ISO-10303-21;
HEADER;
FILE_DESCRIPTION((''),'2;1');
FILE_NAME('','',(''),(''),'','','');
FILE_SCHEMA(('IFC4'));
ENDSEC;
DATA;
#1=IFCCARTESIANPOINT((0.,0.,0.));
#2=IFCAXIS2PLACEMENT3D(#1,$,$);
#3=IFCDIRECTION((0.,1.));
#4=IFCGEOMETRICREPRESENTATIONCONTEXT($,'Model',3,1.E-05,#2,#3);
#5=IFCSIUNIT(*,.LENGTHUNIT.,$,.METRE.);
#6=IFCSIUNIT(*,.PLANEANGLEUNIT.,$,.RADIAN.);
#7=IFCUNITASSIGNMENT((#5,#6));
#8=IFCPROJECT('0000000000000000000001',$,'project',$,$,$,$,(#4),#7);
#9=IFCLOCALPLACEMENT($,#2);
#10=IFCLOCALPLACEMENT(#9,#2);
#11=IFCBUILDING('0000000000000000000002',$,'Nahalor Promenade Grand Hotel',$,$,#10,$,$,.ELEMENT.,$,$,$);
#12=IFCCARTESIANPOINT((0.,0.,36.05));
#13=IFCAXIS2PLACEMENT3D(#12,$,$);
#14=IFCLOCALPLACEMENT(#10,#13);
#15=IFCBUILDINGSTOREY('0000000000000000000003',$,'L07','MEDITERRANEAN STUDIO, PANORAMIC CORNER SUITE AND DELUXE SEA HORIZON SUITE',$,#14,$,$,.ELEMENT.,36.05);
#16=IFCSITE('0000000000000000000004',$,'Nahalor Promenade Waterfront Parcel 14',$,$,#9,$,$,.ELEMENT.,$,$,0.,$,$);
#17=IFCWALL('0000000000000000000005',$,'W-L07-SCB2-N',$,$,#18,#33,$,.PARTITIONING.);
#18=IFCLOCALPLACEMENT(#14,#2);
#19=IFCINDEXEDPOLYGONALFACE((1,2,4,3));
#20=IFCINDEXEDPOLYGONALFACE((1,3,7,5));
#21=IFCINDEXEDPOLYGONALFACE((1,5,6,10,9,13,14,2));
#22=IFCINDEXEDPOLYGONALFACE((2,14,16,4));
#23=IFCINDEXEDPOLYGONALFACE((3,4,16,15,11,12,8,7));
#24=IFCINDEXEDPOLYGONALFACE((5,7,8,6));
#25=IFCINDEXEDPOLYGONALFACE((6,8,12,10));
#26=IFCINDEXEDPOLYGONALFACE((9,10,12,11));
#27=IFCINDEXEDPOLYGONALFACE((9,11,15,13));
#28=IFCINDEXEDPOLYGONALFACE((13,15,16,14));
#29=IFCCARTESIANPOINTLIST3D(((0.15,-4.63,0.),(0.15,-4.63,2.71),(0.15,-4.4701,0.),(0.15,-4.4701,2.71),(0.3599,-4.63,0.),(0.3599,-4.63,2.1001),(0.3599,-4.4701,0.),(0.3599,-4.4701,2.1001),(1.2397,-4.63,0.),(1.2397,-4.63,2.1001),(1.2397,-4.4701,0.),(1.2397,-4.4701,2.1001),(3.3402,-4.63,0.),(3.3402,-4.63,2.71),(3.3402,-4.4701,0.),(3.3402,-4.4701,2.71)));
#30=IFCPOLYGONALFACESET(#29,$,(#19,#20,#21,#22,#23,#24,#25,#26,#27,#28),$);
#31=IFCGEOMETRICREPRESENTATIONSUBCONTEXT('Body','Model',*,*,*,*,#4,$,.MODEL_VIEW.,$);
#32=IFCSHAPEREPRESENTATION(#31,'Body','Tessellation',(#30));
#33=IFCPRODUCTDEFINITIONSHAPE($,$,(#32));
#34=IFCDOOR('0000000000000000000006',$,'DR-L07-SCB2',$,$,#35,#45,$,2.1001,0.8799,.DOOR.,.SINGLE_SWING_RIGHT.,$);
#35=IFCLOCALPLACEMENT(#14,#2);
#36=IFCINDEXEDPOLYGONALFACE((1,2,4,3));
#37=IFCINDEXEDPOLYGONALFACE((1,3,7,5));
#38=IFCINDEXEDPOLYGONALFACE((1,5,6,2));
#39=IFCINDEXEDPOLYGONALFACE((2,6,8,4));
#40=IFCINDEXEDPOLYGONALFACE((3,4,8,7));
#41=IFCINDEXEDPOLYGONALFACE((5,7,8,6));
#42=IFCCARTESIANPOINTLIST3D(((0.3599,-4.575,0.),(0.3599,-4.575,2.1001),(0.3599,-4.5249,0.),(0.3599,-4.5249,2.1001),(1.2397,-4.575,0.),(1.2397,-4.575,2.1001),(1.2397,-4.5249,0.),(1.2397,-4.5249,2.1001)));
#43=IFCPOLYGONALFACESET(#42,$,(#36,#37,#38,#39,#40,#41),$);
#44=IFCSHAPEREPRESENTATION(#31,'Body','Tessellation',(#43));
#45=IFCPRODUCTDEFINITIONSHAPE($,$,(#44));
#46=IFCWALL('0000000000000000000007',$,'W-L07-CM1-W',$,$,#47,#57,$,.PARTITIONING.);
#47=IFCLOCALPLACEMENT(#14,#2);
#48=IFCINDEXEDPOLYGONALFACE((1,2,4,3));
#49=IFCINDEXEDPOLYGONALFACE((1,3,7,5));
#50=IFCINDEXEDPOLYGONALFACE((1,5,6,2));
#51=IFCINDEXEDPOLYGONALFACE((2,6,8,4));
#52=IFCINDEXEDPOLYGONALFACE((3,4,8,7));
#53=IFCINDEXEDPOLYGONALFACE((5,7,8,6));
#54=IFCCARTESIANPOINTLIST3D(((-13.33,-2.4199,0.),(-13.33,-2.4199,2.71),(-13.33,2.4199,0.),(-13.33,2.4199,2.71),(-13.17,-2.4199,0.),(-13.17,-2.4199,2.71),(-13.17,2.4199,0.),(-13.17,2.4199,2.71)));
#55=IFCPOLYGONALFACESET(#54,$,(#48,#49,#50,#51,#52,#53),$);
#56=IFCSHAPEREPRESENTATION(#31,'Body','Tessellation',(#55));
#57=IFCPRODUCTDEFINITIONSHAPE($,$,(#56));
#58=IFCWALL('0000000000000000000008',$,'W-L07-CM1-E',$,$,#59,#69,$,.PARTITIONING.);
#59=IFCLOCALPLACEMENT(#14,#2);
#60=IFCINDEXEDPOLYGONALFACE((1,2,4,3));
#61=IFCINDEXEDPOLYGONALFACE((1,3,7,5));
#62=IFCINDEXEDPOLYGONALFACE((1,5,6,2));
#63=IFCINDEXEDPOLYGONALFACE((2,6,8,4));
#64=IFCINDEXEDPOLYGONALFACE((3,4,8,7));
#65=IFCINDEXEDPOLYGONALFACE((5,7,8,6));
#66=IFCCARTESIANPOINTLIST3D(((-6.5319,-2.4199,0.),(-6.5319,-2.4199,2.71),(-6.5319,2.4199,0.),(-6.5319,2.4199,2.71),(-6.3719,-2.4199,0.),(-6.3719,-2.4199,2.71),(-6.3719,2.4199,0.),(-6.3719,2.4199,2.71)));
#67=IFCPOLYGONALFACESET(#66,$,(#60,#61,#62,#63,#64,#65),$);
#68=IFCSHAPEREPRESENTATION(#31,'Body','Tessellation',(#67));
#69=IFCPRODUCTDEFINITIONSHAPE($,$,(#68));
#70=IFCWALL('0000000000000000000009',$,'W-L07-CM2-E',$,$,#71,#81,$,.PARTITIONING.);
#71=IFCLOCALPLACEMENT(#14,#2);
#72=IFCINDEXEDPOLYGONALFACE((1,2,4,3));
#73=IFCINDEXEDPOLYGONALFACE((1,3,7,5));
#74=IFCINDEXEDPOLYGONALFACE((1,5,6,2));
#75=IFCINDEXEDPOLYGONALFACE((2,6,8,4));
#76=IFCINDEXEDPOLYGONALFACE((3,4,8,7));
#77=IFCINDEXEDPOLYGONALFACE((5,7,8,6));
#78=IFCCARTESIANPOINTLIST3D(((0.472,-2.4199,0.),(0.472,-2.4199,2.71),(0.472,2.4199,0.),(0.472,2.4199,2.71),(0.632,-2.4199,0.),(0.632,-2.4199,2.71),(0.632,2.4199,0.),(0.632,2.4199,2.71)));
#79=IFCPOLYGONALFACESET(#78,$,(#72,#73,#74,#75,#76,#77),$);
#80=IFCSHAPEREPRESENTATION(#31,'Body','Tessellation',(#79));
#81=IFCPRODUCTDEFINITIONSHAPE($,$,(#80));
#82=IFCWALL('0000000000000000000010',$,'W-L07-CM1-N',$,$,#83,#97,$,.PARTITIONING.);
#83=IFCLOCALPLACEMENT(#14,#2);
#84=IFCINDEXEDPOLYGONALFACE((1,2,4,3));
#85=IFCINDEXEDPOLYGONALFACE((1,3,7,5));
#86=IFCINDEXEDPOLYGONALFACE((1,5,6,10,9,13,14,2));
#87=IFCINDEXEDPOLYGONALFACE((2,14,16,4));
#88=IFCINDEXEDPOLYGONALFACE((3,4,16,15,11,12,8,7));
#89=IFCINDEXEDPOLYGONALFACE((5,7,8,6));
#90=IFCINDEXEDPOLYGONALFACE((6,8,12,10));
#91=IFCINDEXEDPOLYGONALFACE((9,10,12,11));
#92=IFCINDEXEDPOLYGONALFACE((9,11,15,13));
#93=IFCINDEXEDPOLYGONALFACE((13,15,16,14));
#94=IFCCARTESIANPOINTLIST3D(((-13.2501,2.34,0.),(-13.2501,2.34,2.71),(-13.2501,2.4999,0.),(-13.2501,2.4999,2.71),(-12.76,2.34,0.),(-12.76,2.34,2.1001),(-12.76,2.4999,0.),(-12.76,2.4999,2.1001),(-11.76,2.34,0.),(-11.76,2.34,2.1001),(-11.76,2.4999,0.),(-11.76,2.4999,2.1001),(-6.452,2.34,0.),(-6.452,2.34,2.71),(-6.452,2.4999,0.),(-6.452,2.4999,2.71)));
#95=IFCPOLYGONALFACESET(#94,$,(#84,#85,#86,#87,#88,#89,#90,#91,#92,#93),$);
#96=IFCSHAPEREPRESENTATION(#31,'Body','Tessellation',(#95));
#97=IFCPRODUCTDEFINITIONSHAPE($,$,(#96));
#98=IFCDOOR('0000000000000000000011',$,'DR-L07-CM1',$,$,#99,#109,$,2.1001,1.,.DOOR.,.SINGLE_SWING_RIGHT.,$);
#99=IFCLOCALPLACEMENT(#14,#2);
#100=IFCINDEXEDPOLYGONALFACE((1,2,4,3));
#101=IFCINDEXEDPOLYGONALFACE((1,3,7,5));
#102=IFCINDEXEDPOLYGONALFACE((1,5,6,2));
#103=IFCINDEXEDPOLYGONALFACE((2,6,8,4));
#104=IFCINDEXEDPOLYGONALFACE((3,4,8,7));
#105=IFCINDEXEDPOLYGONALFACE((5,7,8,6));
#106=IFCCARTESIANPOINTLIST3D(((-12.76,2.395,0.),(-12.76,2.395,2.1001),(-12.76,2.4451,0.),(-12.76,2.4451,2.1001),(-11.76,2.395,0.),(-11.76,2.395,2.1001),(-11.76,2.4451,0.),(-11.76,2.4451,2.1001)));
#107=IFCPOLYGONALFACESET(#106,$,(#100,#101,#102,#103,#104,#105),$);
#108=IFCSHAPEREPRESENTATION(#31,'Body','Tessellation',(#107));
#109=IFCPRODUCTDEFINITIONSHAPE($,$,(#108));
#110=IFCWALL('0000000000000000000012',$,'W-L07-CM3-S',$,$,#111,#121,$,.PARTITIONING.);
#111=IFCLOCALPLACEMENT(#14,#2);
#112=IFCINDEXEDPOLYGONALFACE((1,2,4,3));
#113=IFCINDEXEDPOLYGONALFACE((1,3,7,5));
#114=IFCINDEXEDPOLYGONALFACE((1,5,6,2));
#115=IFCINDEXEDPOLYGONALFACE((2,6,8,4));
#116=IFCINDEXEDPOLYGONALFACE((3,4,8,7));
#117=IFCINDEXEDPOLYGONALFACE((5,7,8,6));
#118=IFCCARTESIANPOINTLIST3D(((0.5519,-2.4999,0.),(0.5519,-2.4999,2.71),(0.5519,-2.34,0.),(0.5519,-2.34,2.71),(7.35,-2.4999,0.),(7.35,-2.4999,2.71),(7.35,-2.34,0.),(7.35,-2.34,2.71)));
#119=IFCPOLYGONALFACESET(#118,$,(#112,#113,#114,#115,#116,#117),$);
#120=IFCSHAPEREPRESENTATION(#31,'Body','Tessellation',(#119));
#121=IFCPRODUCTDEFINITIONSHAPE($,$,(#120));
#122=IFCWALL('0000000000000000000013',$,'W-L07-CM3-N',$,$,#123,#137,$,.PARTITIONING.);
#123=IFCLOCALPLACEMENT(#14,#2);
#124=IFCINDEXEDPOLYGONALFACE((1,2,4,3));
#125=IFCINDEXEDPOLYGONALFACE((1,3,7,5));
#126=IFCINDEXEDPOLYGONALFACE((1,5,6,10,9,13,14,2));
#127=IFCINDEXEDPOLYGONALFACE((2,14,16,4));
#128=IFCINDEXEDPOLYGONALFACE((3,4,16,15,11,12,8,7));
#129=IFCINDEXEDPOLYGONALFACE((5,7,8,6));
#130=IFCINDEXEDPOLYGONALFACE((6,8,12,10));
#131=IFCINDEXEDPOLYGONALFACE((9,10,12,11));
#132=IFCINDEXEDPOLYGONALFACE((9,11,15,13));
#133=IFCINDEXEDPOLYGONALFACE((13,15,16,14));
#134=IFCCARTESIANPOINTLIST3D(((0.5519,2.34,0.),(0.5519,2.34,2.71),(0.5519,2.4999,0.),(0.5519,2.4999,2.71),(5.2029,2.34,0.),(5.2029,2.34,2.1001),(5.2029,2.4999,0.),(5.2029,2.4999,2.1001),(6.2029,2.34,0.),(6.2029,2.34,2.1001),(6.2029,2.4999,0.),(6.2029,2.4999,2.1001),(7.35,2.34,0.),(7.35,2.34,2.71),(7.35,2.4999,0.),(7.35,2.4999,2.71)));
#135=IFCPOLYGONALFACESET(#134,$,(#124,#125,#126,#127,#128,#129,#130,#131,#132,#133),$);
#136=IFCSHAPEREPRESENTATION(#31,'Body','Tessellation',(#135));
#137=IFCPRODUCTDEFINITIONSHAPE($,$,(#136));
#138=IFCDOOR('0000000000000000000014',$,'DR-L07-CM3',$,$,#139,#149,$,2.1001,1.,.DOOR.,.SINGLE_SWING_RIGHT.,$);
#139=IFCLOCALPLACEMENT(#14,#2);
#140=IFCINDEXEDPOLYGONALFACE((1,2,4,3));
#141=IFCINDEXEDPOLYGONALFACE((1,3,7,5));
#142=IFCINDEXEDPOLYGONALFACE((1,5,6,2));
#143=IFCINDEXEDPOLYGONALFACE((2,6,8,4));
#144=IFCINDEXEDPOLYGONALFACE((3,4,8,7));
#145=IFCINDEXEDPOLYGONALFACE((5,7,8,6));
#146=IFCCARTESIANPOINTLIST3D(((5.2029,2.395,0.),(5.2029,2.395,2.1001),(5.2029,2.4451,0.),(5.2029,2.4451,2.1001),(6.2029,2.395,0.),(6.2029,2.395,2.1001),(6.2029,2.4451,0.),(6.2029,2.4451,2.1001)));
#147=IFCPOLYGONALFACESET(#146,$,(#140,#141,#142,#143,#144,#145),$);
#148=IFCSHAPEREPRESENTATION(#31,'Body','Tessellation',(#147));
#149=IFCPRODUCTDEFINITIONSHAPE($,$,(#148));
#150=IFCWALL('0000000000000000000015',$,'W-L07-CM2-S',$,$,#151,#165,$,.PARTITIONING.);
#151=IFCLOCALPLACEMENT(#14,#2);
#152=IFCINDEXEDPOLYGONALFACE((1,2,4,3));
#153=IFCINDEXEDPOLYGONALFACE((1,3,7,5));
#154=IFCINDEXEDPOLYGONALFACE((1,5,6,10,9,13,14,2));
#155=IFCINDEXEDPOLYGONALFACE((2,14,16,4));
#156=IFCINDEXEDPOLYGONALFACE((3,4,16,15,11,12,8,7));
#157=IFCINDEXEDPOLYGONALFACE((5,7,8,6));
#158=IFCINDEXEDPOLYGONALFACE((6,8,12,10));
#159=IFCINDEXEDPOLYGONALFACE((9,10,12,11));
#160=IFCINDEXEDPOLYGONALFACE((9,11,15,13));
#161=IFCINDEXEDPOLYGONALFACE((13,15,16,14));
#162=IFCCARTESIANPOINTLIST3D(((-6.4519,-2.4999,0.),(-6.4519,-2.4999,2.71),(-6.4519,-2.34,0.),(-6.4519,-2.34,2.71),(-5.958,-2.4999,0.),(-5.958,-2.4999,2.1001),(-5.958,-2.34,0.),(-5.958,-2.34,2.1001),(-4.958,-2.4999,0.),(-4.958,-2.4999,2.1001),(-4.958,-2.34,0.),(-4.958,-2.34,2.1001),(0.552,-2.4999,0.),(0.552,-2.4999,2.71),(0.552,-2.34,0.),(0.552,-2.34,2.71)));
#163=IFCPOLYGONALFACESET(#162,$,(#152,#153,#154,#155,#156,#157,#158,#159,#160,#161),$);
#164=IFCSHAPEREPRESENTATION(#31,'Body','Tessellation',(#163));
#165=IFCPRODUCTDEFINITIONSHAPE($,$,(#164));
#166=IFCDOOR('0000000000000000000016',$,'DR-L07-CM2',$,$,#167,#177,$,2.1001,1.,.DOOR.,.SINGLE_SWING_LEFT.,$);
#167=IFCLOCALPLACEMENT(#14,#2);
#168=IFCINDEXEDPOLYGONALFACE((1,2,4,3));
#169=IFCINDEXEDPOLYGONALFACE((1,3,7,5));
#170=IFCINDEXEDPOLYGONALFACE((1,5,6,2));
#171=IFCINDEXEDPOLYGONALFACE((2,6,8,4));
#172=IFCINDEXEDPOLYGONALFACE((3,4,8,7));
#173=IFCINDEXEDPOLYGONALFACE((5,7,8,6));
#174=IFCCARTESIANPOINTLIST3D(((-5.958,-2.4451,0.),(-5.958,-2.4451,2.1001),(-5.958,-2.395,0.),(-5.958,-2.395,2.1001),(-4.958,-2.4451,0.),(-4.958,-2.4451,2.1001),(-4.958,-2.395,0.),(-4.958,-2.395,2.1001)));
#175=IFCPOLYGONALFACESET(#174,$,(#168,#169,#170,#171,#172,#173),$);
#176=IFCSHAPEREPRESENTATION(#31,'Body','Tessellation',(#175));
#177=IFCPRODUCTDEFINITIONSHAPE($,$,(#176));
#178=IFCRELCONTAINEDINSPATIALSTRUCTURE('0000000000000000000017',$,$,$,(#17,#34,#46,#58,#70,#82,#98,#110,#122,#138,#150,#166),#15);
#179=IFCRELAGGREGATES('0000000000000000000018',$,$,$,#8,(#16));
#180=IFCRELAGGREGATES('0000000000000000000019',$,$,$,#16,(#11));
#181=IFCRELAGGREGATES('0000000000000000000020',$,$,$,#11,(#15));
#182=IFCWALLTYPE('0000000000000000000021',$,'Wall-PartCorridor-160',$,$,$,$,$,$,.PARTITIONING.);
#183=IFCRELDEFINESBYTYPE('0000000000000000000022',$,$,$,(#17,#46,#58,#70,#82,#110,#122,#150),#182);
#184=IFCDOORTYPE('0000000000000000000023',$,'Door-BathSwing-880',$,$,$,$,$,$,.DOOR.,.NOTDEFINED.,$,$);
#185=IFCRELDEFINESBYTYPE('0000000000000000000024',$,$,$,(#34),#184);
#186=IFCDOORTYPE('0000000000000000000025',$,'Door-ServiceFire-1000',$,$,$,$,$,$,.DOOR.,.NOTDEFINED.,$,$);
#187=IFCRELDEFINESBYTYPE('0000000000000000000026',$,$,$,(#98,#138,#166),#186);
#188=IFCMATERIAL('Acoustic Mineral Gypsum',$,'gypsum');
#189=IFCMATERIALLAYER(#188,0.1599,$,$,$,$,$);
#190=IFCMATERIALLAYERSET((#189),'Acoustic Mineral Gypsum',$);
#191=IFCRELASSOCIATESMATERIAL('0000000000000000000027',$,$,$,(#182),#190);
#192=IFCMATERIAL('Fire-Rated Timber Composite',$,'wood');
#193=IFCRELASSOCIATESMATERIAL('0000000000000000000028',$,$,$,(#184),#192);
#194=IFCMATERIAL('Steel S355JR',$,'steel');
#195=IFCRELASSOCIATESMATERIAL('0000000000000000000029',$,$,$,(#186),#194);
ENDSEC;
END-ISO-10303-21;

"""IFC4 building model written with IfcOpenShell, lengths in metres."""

from ifc_helpers import new_model, si_unit, direction, frame, frame_2d, origin, place, context, subcontext, project, spatial, rectangle, extrude, source, transform, mapped, material, layer, layer_set, type_object, element, fill, save


model = new_model("IFC4")

# Units and contexts
model_context = context("Model", 3, precision=1e-05, world=origin(), true_north=direction((0.0, 1.0)))
body_context = subcontext(model_context, "Body", "Model", "MODEL_VIEW")
ifc_project = project(units=[si_unit("LENGTHUNIT", "METRE"), si_unit("PLANEANGLEUNIT", "RADIAN")], contexts=[model_context])

# Site, building, storey
site_placement = place(None, origin())
site = spatial("IfcSite", under=ifc_project, at=site_placement, Name="Nahalor Promenade Waterfront Parcel 14", CompositionType="ELEMENT", RefElevation=0.0)
building_placement = place(site_placement, origin())
building = spatial("IfcBuilding", under=site, at=building_placement, Name="Nahalor Promenade Grand Hotel", CompositionType="ELEMENT")
storey_placement = place(building_placement, frame((0.0, 0.0, 36.05)))
storey = spatial("IfcBuildingStorey", under=building, at=storey_placement, Name="L07", Description="MEDITERRANEAN STUDIO, PANORAMIC CORNER SUITE AND DELUXE SEA HORIZON SUITE", CompositionType="ELEMENT", Elevation=36.05)

# Shared definitions
ifc_material_1 = material(Name="Steel S355JR", Category="steel")

# Shared definitions
ifc_material_2 = material(Name="Acoustic Mineral Gypsum", Category="gypsum")

# Wall, opening, door
ifc_layer_1 = layer(ifc_material_2, 0.1599)
ifc_layer_set_1 = layer_set([ifc_layer_1], Name="Acoustic Mineral Gypsum")
wall_type_1 = type_object("IfcWallType", Name="Wall-PartCorridor-160", PredefinedType="PARTITIONING", material=ifc_layer_set_1)
ifc_material_3 = material(Name="Fire-Rated Timber Composite", Category="wood")
door_type_1 = type_object("IfcDoorType", Name="Door-BathSwing-880", OperationType="NOTDEFINED", PredefinedType="DOOR", material=ifc_material_3)
shared_shape_1 = source(origin(), body_context, "Body", "SweptSolid", [
    extrude(rectangle(XDim=0.8799, YDim=2.1001, at=frame_2d((0.4399, 1.05))), frame((0.0, 0.0249, 0.0), z_axis=(0.0, -1.0, 0.0), x_axis=(1.0, 0.0, 0.0)), (0.0, 0.0, 1.0), 0.05),
])
shared_shape_2 = source(origin(), body_context, "Body", "SweptSolid", [
    extrude(rectangle(XDim=3.1902, YDim=0.1599, at=frame_2d((1.5952, 0.0))), origin(), (0.0, 0.0, 1.0), 2.71),
])
wall_1_placement = place(storey_placement, frame((0.1499, -4.55, 0.0), z_axis=(0.0, 0.0, 1.0), x_axis=(1.0, 0.0, 0.0)))
wall_1 = element("IfcWall", 1, at=wall_1_placement, inside=storey, type_object=wall_type_1, Name="W-L07-SCB2-N", PredefinedType="PARTITIONING", context=body_context, shape_type="MappedRepresentation", body=[
    mapped(shared_shape_2, transform((0.0, 0.0, 0.0), scale=1.0)),
])
opening_1_placement = place(wall_1_placement, frame((0.21, 0.0, 0.0)))
opening_1 = element("IfcOpeningElement", 2, at=opening_1_placement, cuts=wall_1, PredefinedType="OPENING", context=body_context, shape_type="SweptSolid", body=[
    extrude(rectangle(XDim=0.8799, YDim=2.1001, at=frame_2d((0.4399, 1.05))), frame((0.0, 0.0898, 0.0), z_axis=(0.0, -1.0, 0.0), x_axis=(1.0, 0.0, 0.0)), (0.0, 0.0, 1.0), 0.1799),
])
door_1_placement = place(opening_1_placement, frame((0.8799, 0.0, 0.0), z_axis=(0.0, 0.0, 1.0), x_axis=(-1.0, 0.0, 0.0)))
door_1 = element("IfcDoor", 3, at=door_1_placement, inside=storey, type_object=door_type_1, Name="DR-L07-SCB2", OperationType="SINGLE_SWING_RIGHT", OverallHeight=2.1001, OverallWidth=0.8799, PredefinedType="DOOR", context=body_context, shape_type="MappedRepresentation", body=[
    mapped(shared_shape_1, transform((0.0, 0.0, 0.0), scale=1.0)),
])
fill(opening_1, door_1)

# Walls
shared_shape_3 = source(origin(), body_context, "Body", "SweptSolid", [
    extrude(rectangle(XDim=4.8398, YDim=0.1599, at=frame_2d((2.4199, 0.0))), origin(), (0.0, 0.0, 1.0), 2.71),
])
for number, where, z_axis, x_axis, name in (
    (4, (-13.25, -2.4199, 0.0), (0.0, 0.0, 1.0), (0.0, 1.0, 0.0), "W-L07-CM1-W"),
    (5, (-6.4519, -2.4199, 0.0), (0.0, 0.0, 1.0), (0.0, 1.0, 0.0), "W-L07-CM1-E"),
    (6, (0.552, -2.4199, 0.0), (0.0, 0.0, 1.0), (0.0, 1.0, 0.0), "W-L07-CM2-E"),
):
    element("IfcWall", number, at=place(storey_placement, frame(where, z_axis=z_axis, x_axis=x_axis)), inside=storey, type_object=wall_type_1, Name=name, PredefinedType="PARTITIONING", context=body_context, shape_type="MappedRepresentation", body=[
        mapped(shared_shape_3, transform((0.0, 0.0, 0.0), scale=1.0)),
    ])

# Wall, opening, door
shared_shape_4 = source(origin(), body_context, "Body", "SweptSolid", [
    extrude(rectangle(XDim=6.7981, YDim=0.1599, at=frame_2d((3.3989, 0.0))), origin(), (0.0, 0.0, 1.0), 2.71),
])
wall_2_placement = place(storey_placement, frame((-13.25, 2.4199, 0.0), z_axis=(0.0, 0.0, 1.0), x_axis=(1.0, 0.0, 0.0)))
wall_2 = element("IfcWall", 7, at=wall_2_placement, inside=storey, type_object=wall_type_1, Name="W-L07-CM1-N", PredefinedType="PARTITIONING", context=body_context, shape_type="MappedRepresentation", body=[
    mapped(shared_shape_4, transform((0.0, 0.0, 0.0), scale=1.0)),
])
opening_2_placement = place(wall_2_placement, frame((0.49, 0.0, 0.0)))
opening_2 = element("IfcOpeningElement", 8, at=opening_2_placement, cuts=wall_2, PredefinedType="OPENING", context=body_context, shape_type="SweptSolid", body=[
    extrude(rectangle(XDim=1.0, YDim=2.1001, at=frame_2d((0.5, 1.05))), frame((0.0, 0.0898, 0.0), z_axis=(0.0, -1.0, 0.0), x_axis=(1.0, 0.0, 0.0)), (0.0, 0.0, 1.0), 0.1799),
])
door_type_2 = type_object("IfcDoorType", Name="Door-ServiceFire-1000", OperationType="NOTDEFINED", PredefinedType="DOOR", material=ifc_material_1)
shared_shape_5 = source(origin(), body_context, "Body", "SweptSolid", [
    extrude(rectangle(XDim=1.0, YDim=2.1001, at=frame_2d((0.5, 1.05))), frame((0.0, 0.0249, 0.0), z_axis=(0.0, -1.0, 0.0), x_axis=(1.0, 0.0, 0.0)), (0.0, 0.0, 1.0), 0.05),
])
door_2_placement = place(opening_2_placement, frame((1.0, 0.0, 0.0), z_axis=(0.0, 0.0, 1.0), x_axis=(-1.0, 0.0, 0.0)))
door_2 = element("IfcDoor", 9, at=door_2_placement, inside=storey, type_object=door_type_2, Name="DR-L07-CM1", OperationType="SINGLE_SWING_RIGHT", OverallHeight=2.1001, OverallWidth=1.0, PredefinedType="DOOR", context=body_context, shape_type="MappedRepresentation", body=[
    mapped(shared_shape_5, transform((0.0, 0.0, 0.0), scale=1.0)),
])
fill(opening_2, door_2)

# Wall
wall_3_placement = place(storey_placement, frame((0.552, -2.4199, 0.0), z_axis=(0.0, 0.0, 1.0), x_axis=(1.0, 0.0, 0.0)))
element("IfcWall", 10, at=wall_3_placement, inside=storey, type_object=wall_type_1, Name="W-L07-CM3-S", PredefinedType="PARTITIONING", context=body_context, shape_type="MappedRepresentation", body=[
    mapped(shared_shape_4, transform((0.0, 0.0, 0.0), scale=1.0)),
])

# Walls, openings, doors
wall_4_placement = place(storey_placement, frame((0.552, 2.4199, 0.0), z_axis=(0.0, 0.0, 1.0), x_axis=(1.0, 0.0, 0.0)))
wall_4 = element("IfcWall", 11, at=wall_4_placement, inside=storey, type_object=wall_type_1, Name="W-L07-CM3-N", PredefinedType="PARTITIONING", context=body_context, shape_type="MappedRepresentation", body=[
    mapped(shared_shape_4, transform((0.0, 0.0, 0.0), scale=1.0)),
])
opening_3_placement = place(wall_4_placement, frame((4.6509, 0.0, 0.0)))
opening_3 = element("IfcOpeningElement", 12, at=opening_3_placement, cuts=wall_4, PredefinedType="OPENING", context=body_context, shape_type="SweptSolid", body=[
    extrude(rectangle(XDim=1.0, YDim=2.1001, at=frame_2d((0.5, 1.05))), frame((0.0, 0.0898, 0.0), z_axis=(0.0, -1.0, 0.0), x_axis=(1.0, 0.0, 0.0)), (0.0, 0.0, 1.0), 0.1799),
])
door_3_placement = place(opening_3_placement, frame((1.0, 0.0, 0.0), z_axis=(0.0, 0.0, 1.0), x_axis=(-1.0, 0.0, 0.0)))
door_3 = element("IfcDoor", 13, at=door_3_placement, inside=storey, type_object=door_type_2, Name="DR-L07-CM3", OperationType="SINGLE_SWING_RIGHT", OverallHeight=2.1001, OverallWidth=1.0, PredefinedType="DOOR", context=body_context, shape_type="MappedRepresentation", body=[
    mapped(shared_shape_5, transform((0.0, 0.0, 0.0), scale=1.0)),
])
fill(opening_3, door_3)
shared_shape_6 = source(origin(), body_context, "Body", "SweptSolid", [
    extrude(rectangle(XDim=7.0039, YDim=0.1599, at=frame_2d((3.502, 0.0))), origin(), (0.0, 0.0, 1.0), 2.71),
])
wall_5_placement = place(storey_placement, frame((-6.4519, -2.4199, 0.0), z_axis=(0.0, 0.0, 1.0), x_axis=(1.0, 0.0, 0.0)))
wall_5 = element("IfcWall", 14, at=wall_5_placement, inside=storey, type_object=wall_type_1, Name="W-L07-CM2-S", PredefinedType="PARTITIONING", context=body_context, shape_type="MappedRepresentation", body=[
    mapped(shared_shape_6, transform((0.0, 0.0, 0.0), scale=1.0)),
])
opening_4_placement = place(wall_5_placement, frame((0.4939, 0.0, 0.0)))
opening_4 = element("IfcOpeningElement", 15, at=opening_4_placement, cuts=wall_5, PredefinedType="OPENING", context=body_context, shape_type="SweptSolid", body=[
    extrude(rectangle(XDim=1.0, YDim=2.1001, at=frame_2d((0.5, 1.05))), frame((0.0, 0.0898, 0.0), z_axis=(0.0, -1.0, 0.0), x_axis=(1.0, 0.0, 0.0)), (0.0, 0.0, 1.0), 0.1799),
])
door_4_placement = place(opening_4_placement, origin())
door_4 = element("IfcDoor", 16, at=door_4_placement, inside=storey, type_object=door_type_2, Name="DR-L07-CM2", OperationType="SINGLE_SWING_LEFT", OverallHeight=2.1001, OverallWidth=1.0, PredefinedType="DOOR", context=body_context, shape_type="MappedRepresentation", body=[
    mapped(shared_shape_5, transform((0.0, 0.0, 0.0), scale=1.0)),
])
fill(opening_4, door_4)

save(model, "model.ifc")
